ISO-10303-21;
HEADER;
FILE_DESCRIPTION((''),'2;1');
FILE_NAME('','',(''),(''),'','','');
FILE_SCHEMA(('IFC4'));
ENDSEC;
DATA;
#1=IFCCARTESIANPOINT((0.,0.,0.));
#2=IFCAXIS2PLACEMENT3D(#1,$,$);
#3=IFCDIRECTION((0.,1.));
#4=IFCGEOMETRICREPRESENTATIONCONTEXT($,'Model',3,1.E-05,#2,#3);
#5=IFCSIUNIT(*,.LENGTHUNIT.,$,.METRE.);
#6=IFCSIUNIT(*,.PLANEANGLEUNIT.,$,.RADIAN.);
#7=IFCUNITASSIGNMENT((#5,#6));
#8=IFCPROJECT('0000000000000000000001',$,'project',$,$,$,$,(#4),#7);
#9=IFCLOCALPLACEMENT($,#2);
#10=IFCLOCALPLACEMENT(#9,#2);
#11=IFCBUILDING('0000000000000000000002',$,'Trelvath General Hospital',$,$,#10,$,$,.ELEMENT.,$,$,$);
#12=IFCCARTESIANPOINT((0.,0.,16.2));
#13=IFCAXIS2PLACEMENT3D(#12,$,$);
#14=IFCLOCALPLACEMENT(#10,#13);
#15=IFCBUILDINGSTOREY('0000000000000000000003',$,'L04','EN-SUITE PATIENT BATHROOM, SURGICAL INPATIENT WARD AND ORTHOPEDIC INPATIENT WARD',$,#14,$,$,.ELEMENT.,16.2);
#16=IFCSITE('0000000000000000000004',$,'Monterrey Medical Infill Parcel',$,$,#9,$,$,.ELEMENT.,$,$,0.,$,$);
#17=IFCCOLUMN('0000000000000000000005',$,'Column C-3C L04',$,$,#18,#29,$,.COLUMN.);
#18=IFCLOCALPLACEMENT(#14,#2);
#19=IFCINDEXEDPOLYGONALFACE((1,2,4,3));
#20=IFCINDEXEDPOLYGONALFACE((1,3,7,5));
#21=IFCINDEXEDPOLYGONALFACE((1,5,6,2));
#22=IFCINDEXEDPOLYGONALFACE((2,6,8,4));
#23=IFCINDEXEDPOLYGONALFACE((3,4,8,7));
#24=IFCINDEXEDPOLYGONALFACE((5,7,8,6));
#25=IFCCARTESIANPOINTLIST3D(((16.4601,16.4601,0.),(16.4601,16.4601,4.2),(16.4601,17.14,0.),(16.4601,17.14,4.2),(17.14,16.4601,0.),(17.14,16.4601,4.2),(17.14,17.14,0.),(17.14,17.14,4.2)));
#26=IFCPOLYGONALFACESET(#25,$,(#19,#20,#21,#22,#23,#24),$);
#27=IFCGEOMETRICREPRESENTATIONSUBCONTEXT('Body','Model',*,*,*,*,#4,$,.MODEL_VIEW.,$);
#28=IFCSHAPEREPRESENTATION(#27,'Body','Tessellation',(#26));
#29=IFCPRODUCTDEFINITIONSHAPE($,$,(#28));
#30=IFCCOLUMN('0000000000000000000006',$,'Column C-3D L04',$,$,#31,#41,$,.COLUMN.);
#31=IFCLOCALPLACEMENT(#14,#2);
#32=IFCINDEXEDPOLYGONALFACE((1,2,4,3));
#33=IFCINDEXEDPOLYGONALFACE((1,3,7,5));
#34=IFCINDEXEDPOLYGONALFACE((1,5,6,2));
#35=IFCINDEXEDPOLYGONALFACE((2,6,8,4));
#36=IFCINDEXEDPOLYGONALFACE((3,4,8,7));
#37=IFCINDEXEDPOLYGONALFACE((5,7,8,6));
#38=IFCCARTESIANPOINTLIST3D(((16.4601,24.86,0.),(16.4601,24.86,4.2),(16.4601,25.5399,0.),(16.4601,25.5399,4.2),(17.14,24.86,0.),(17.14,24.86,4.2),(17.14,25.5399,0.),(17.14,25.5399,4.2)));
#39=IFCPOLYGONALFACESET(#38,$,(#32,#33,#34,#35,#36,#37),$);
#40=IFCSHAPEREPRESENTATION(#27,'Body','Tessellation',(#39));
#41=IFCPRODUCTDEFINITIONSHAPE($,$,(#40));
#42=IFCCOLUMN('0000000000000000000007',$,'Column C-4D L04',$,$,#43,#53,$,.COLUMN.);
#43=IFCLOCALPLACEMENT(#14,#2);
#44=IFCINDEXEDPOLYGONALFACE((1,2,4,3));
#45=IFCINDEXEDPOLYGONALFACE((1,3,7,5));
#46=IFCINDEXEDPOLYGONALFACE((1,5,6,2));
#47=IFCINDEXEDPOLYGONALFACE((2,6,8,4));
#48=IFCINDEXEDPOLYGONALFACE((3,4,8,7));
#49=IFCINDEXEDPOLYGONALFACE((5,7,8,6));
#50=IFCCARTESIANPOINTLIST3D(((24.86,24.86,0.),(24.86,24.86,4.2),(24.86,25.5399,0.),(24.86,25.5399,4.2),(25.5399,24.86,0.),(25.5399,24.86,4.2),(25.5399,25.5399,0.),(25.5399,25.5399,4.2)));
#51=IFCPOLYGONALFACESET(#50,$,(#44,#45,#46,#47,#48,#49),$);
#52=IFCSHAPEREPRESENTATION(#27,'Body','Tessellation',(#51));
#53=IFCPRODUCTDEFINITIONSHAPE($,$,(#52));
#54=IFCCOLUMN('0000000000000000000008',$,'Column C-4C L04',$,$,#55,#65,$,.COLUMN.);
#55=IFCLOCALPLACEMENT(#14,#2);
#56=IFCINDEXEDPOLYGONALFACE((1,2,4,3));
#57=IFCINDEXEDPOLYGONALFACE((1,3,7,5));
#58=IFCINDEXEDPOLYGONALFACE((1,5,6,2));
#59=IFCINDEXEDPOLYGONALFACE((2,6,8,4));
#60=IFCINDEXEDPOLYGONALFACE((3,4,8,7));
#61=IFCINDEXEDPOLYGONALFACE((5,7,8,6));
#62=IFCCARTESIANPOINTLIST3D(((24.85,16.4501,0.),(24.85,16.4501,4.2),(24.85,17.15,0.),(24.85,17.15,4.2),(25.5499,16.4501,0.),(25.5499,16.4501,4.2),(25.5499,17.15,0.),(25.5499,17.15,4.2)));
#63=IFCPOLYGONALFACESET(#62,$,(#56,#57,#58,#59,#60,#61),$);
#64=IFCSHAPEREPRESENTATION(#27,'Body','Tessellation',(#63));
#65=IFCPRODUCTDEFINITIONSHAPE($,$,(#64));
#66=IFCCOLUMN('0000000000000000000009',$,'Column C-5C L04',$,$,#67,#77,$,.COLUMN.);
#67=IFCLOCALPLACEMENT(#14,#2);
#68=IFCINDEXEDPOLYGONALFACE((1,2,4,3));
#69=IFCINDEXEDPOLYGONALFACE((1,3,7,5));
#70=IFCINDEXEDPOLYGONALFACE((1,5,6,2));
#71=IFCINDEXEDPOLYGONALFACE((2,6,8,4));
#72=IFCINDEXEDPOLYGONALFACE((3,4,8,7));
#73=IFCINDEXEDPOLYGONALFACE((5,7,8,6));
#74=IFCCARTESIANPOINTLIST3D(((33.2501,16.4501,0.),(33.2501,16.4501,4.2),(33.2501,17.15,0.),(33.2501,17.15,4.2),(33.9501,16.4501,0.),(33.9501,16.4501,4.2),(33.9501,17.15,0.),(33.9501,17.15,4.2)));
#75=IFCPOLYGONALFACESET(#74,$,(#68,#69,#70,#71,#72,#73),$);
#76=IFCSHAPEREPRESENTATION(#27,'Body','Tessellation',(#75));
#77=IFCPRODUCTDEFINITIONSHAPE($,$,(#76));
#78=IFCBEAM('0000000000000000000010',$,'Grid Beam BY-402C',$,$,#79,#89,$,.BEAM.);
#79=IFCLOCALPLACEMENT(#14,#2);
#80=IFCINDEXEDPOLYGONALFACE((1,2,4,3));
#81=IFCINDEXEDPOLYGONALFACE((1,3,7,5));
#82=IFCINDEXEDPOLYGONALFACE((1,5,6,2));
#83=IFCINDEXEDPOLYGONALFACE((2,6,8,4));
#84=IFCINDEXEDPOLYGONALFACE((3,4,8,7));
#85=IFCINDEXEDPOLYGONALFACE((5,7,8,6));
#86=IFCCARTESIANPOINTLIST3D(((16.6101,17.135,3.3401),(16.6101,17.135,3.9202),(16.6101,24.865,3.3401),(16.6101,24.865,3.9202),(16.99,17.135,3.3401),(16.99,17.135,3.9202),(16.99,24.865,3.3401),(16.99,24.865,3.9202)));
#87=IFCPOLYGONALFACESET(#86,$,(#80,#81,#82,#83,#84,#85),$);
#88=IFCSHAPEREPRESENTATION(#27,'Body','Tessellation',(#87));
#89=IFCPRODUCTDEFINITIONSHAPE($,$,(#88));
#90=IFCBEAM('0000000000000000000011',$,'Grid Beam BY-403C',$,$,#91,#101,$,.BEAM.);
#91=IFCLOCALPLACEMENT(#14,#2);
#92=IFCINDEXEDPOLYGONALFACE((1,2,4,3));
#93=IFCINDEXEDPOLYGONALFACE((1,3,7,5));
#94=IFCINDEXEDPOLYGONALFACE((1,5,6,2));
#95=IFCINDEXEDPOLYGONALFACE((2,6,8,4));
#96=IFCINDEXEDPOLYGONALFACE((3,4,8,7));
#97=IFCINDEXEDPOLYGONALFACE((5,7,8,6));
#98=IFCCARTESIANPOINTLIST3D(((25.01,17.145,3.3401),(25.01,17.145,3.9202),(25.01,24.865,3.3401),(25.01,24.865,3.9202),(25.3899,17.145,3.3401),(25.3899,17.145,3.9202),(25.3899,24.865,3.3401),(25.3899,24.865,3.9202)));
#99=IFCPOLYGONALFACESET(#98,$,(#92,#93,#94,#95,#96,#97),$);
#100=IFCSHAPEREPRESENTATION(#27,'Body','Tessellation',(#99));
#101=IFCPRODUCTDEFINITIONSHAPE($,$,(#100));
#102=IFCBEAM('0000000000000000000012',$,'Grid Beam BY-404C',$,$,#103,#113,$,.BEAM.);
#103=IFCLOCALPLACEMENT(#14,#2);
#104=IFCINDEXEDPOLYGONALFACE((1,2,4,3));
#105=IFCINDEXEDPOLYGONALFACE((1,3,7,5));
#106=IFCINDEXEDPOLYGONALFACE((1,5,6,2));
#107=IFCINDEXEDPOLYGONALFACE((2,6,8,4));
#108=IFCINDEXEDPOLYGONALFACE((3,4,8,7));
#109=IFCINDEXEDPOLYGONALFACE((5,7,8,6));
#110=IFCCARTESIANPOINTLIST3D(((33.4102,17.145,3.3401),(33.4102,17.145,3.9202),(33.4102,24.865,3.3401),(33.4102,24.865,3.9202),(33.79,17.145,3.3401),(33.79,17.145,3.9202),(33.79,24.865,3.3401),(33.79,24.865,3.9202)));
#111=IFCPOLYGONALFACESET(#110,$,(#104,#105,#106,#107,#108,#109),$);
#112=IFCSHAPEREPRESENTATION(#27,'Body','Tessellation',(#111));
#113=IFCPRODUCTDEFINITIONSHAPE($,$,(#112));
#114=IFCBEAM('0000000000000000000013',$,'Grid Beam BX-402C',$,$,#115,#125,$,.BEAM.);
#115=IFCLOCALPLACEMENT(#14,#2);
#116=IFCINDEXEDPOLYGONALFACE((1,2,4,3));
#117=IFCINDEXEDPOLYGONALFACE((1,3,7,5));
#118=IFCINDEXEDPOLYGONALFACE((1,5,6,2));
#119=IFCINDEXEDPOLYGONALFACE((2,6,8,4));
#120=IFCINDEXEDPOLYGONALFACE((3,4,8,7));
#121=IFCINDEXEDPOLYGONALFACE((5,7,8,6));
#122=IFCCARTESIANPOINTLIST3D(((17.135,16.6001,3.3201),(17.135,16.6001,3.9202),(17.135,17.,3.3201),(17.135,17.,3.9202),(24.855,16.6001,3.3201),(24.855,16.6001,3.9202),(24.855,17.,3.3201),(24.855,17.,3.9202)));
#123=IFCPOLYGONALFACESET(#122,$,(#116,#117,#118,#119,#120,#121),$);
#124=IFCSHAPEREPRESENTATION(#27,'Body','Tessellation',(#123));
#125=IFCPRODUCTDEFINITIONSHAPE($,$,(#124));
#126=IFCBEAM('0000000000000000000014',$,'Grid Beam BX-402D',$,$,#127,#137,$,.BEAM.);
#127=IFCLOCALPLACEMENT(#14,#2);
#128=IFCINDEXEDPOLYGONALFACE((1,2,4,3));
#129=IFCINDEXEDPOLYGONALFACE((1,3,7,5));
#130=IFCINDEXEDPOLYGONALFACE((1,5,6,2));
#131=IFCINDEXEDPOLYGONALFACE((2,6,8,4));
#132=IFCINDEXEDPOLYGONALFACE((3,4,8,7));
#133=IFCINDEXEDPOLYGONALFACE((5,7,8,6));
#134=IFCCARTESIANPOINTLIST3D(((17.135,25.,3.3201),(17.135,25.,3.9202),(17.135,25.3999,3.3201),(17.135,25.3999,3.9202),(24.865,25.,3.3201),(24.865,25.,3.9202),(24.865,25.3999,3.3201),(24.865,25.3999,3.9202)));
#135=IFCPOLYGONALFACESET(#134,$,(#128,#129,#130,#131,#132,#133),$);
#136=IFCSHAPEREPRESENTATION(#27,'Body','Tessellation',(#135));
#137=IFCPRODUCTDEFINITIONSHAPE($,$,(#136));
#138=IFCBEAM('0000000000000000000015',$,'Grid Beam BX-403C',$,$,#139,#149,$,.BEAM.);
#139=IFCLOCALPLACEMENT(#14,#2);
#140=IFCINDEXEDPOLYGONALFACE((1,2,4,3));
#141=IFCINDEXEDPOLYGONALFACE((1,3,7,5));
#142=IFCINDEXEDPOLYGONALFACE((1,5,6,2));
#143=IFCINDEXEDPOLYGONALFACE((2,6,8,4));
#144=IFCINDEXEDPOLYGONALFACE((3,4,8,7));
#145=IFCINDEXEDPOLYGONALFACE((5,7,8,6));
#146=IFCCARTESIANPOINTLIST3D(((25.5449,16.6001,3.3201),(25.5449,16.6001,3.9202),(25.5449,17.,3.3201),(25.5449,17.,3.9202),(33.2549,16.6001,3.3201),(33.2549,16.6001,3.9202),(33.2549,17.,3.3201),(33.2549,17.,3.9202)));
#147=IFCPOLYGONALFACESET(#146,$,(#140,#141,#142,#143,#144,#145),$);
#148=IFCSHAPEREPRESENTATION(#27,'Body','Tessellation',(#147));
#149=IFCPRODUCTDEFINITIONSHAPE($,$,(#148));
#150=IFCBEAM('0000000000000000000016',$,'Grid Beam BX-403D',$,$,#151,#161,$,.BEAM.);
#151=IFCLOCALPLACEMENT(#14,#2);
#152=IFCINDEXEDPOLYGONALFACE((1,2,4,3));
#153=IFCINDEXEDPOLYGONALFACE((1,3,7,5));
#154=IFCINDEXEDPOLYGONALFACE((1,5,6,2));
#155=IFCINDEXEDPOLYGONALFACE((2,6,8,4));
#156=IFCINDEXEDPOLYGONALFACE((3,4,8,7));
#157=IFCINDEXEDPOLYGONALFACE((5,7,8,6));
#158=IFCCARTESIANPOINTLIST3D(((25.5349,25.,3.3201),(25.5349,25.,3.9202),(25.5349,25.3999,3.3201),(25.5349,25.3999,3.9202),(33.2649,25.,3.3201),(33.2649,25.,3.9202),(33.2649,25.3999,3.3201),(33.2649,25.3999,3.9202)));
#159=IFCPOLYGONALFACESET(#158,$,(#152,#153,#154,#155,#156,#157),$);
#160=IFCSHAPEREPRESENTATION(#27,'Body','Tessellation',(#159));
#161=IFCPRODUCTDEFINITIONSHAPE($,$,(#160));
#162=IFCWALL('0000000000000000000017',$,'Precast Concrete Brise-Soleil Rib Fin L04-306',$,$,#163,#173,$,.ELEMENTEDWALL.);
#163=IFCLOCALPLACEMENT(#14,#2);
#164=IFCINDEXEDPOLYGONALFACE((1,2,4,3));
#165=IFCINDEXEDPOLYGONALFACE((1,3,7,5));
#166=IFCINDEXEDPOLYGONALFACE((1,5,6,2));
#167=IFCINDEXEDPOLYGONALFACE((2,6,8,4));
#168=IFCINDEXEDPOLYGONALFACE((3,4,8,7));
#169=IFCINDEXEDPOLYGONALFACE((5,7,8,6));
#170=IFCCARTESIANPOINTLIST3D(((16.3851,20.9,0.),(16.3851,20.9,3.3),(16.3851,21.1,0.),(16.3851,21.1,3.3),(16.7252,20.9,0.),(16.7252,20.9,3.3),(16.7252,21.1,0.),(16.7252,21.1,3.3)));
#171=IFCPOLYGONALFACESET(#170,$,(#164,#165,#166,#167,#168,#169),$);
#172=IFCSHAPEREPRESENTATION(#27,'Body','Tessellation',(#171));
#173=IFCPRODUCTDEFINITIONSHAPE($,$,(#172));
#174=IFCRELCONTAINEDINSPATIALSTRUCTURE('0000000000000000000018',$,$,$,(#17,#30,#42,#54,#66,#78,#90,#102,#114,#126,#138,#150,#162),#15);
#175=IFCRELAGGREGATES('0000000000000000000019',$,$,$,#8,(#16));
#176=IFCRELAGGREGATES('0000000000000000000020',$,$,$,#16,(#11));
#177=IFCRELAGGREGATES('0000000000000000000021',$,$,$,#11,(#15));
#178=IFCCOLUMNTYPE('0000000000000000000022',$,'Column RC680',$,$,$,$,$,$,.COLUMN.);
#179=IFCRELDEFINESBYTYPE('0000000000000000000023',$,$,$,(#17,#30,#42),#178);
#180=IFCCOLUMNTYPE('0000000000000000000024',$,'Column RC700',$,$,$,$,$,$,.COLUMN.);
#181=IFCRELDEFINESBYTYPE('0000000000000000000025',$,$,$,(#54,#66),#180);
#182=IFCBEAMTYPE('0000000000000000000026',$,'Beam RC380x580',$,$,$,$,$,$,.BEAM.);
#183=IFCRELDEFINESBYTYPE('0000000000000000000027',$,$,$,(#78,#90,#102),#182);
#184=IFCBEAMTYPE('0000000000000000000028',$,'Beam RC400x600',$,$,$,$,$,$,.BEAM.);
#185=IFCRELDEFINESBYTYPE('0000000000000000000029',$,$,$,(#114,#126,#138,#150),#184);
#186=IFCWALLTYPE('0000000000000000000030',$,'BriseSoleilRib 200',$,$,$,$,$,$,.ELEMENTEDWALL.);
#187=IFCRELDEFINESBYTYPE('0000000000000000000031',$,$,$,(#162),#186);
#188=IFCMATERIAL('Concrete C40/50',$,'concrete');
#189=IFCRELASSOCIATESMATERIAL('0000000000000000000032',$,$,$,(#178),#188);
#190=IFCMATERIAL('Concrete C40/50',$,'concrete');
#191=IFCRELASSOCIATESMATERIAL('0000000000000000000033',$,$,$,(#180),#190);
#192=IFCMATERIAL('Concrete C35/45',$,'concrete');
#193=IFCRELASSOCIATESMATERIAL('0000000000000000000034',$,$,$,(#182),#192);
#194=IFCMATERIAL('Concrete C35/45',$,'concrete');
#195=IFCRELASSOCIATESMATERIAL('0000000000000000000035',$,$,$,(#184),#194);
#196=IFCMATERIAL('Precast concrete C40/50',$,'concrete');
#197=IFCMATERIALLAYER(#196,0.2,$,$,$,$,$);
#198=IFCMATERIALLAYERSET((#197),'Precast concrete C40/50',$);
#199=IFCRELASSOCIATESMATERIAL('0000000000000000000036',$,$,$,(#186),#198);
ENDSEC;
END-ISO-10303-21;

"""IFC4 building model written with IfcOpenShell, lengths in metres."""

from ifc_helpers import new_model, si_unit, direction, frame, frame_2d, origin, origin_2d, place, context, subcontext, project, spatial, rectangle, extrude, material, layer, layer_set, material_profile, profile_set, type_object, element, save


model = new_model("IFC4")

# Units and contexts
model_context = context("Model", 3, precision=1e-05, world=origin(), true_north=direction((0.0, 1.0)))
body_context = subcontext(model_context, "Body", "Model", "MODEL_VIEW")
ifc_project = project(units=[si_unit("LENGTHUNIT", "METRE"), si_unit("PLANEANGLEUNIT", "RADIAN")], contexts=[model_context])

# Site, building, storey
site_placement = place(None, origin())
site = spatial("IfcSite", under=ifc_project, at=site_placement, Name="Monterrey Medical Infill Parcel", CompositionType="ELEMENT", RefElevation=0.0)
building_placement = place(site_placement, origin())
building = spatial("IfcBuilding", under=site, at=building_placement, Name="Trelvath General Hospital", CompositionType="ELEMENT")
storey_placement = place(building_placement, frame((0.0, 0.0, 16.2)))
storey = spatial("IfcBuildingStorey", under=building, at=storey_placement, Name="L04", Description="EN-SUITE PATIENT BATHROOM, SURGICAL INPATIENT WARD AND ORTHOPEDIC INPATIENT WARD", CompositionType="ELEMENT", Elevation=16.2)

# Columns
ifc_material_1 = material(Name="Concrete C40/50", Category="concrete")
ifc_material_profile_1 = material_profile(ifc_material_1, rectangle(XDim=0.6799, YDim=0.6799, at=origin_2d()), Name="RC680x680")
ifc_profile_set_1 = profile_set([ifc_material_profile_1], Name="Concrete C40/50")
column_type_1 = type_object("IfcColumnType", Name="Column RC680", PredefinedType="COLUMN", material=ifc_profile_set_1)
for number, where, z_axis, x_axis, name in (
    (1, (16.8, 16.8, 0.0), (0.0, 0.0, 1.0), (1.0, 0.0, 0.0), "Column C-3C L04"),
    (2, (16.8, 25.2, 0.0), (0.0, 0.0, 1.0), (1.0, 0.0, 0.0), "Column C-3D L04"),
    (3, (25.2, 25.2, 0.0), (0.0, 0.0, 1.0), (1.0, 0.0, 0.0), "Column C-4D L04"),
):
    element("IfcColumn", number, at=place(storey_placement, frame(where, z_axis=z_axis, x_axis=x_axis)), inside=storey, type_object=column_type_1, Name=name, PredefinedType="COLUMN", context=body_context, shape_type="SweptSolid", body=[
        extrude(rectangle(XDim=0.6799, YDim=0.6799, at=origin_2d()), origin(), (0.0, 0.0, 1.0), 4.2),
    ])
ifc_material_2 = material(Name="Concrete C40/50", Category="concrete")
ifc_material_profile_2 = material_profile(ifc_material_2, rectangle(XDim=0.7, YDim=0.7, at=origin_2d()), Name="RC700x700")
ifc_profile_set_2 = profile_set([ifc_material_profile_2], Name="Concrete C40/50")
column_type_2 = type_object("IfcColumnType", Name="Column RC700", PredefinedType="COLUMN", material=ifc_profile_set_2)
for number, where, z_axis, x_axis, name in (
    (4, (25.2, 16.8, 0.0), (0.0, 0.0, 1.0), (1.0, 0.0, 0.0), "Column C-4C L04"),
    (5, (33.6001, 16.8, 0.0), (0.0, 0.0, 1.0), (1.0, 0.0, 0.0), "Column C-5C L04"),
):
    element("IfcColumn", number, at=place(storey_placement, frame(where, z_axis=z_axis, x_axis=x_axis)), inside=storey, type_object=column_type_2, Name=name, PredefinedType="COLUMN", context=body_context, shape_type="SweptSolid", body=[
        extrude(rectangle(XDim=0.7, YDim=0.7, at=origin_2d()), origin(), (0.0, 0.0, 1.0), 4.2),
    ])

# Beams
ifc_material_3 = material(Name="Concrete C35/45", Category="concrete")
ifc_material_profile_3 = material_profile(ifc_material_3, rectangle(XDim=0.3799, YDim=0.5801, at=origin_2d()), Name="RCB380x580")
ifc_profile_set_3 = profile_set([ifc_material_profile_3], Name="Concrete C35/45")
beam_type_1 = type_object("IfcBeamType", Name="Beam RC380x580", PredefinedType="BEAM", material=ifc_profile_set_3)
beam_1_placement = place(storey_placement, frame((16.8, 17.135, 3.6301), z_axis=(0.0, 1.0, 0.0), x_axis=(-1.0, 0.0, 0.0)))
element("IfcBeam", 6, at=beam_1_placement, inside=storey, type_object=beam_type_1, Name="Grid Beam BY-402C", PredefinedType="BEAM", context=body_context, shape_type="SweptSolid", body=[
    extrude(rectangle(XDim=0.3799, YDim=0.5801, at=origin_2d()), origin(), (0.0, 0.0, 1.0), 7.73),
])
for number, where, z_axis, x_axis, name in (
    (7, (25.2, 17.145, 3.6301), (0.0, 1.0, 0.0), (-1.0, 0.0, 0.0), "Grid Beam BY-403C"),
    (8, (33.6001, 17.145, 3.6301), (0.0, 1.0, 0.0), (-1.0, 0.0, 0.0), "Grid Beam BY-404C"),
):
    element("IfcBeam", number, at=place(storey_placement, frame(where, z_axis=z_axis, x_axis=x_axis)), inside=storey, type_object=beam_type_1, Name=name, PredefinedType="BEAM", context=body_context, shape_type="SweptSolid", body=[
        extrude(rectangle(XDim=0.3799, YDim=0.5801, at=origin_2d()), origin(), (0.0, 0.0, 1.0), 7.72),
    ])
ifc_material_4 = material(Name="Concrete C35/45", Category="concrete")
ifc_material_profile_4 = material_profile(ifc_material_4, rectangle(XDim=0.3999, YDim=0.6001, at=origin_2d()), Name="RCB400x600")
ifc_profile_set_4 = profile_set([ifc_material_profile_4], Name="Concrete C35/45")
beam_type_2 = type_object("IfcBeamType", Name="Beam RC400x600", PredefinedType="BEAM", material=ifc_profile_set_4)
beam_2_placement = place(storey_placement, frame((17.135, 16.8, 3.6201), z_axis=(1.0, 0.0, 0.0), x_axis=(0.0, 1.0, 0.0)))
element("IfcBeam", 9, at=beam_2_placement, inside=storey, type_object=beam_type_2, Name="Grid Beam BX-402C", PredefinedType="BEAM", context=body_context, shape_type="SweptSolid", body=[
    extrude(rectangle(XDim=0.3999, YDim=0.6001, at=origin_2d()), origin(), (0.0, 0.0, 1.0), 7.72),
])
beam_3_placement = place(storey_placement, frame((17.135, 25.2, 3.6201), z_axis=(1.0, 0.0, 0.0), x_axis=(0.0, 1.0, 0.0)))
element("IfcBeam", 10, at=beam_3_placement, inside=storey, type_object=beam_type_2, Name="Grid Beam BX-402D", PredefinedType="BEAM", context=body_context, shape_type="SweptSolid", body=[
    extrude(rectangle(XDim=0.3999, YDim=0.6001, at=origin_2d()), origin(), (0.0, 0.0, 1.0), 7.73),
])
beam_4_placement = place(storey_placement, frame((25.5449, 16.8, 3.6201), z_axis=(1.0, 0.0, 0.0), x_axis=(0.0, 1.0, 0.0)))
element("IfcBeam", 11, at=beam_4_placement, inside=storey, type_object=beam_type_2, Name="Grid Beam BX-403C", PredefinedType="BEAM", context=body_context, shape_type="SweptSolid", body=[
    extrude(rectangle(XDim=0.3999, YDim=0.6001, at=origin_2d()), origin(), (0.0, 0.0, 1.0), 7.71),
])
beam_5_placement = place(storey_placement, frame((25.5349, 25.2, 3.6201), z_axis=(1.0, 0.0, 0.0), x_axis=(0.0, 1.0, 0.0)))
element("IfcBeam", 12, at=beam_5_placement, inside=storey, type_object=beam_type_2, Name="Grid Beam BX-403D", PredefinedType="BEAM", context=body_context, shape_type="SweptSolid", body=[
    extrude(rectangle(XDim=0.3999, YDim=0.6001, at=origin_2d()), origin(), (0.0, 0.0, 1.0), 7.73),
])

# Wall
ifc_material_5 = material(Name="Precast concrete C40/50", Category="concrete")
ifc_layer_1 = layer(ifc_material_5, 0.2)
ifc_layer_set_1 = layer_set([ifc_layer_1], Name="Precast concrete C40/50")
wall_type_1 = type_object("IfcWallType", Name="BriseSoleilRib 200", PredefinedType="ELEMENTEDWALL", material=ifc_layer_set_1)
wall_1_placement = place(storey_placement, frame((16.7251, 21.0, 0.0), z_axis=(0.0, 0.0, 1.0), x_axis=(-1.0, 0.0, 0.0)))
element("IfcWall", 13, at=wall_1_placement, inside=storey, type_object=wall_type_1, Name="Precast Concrete Brise-Soleil Rib Fin L04-306", PredefinedType="ELEMENTEDWALL", context=body_context, shape_type="SweptSolid", body=[
    extrude(rectangle(XDim=0.3401, YDim=0.2, at=frame_2d((0.1699, 0.0))), origin(), (0.0, 0.0, 1.0), 3.3),
])

save(model, "model.ifc")
